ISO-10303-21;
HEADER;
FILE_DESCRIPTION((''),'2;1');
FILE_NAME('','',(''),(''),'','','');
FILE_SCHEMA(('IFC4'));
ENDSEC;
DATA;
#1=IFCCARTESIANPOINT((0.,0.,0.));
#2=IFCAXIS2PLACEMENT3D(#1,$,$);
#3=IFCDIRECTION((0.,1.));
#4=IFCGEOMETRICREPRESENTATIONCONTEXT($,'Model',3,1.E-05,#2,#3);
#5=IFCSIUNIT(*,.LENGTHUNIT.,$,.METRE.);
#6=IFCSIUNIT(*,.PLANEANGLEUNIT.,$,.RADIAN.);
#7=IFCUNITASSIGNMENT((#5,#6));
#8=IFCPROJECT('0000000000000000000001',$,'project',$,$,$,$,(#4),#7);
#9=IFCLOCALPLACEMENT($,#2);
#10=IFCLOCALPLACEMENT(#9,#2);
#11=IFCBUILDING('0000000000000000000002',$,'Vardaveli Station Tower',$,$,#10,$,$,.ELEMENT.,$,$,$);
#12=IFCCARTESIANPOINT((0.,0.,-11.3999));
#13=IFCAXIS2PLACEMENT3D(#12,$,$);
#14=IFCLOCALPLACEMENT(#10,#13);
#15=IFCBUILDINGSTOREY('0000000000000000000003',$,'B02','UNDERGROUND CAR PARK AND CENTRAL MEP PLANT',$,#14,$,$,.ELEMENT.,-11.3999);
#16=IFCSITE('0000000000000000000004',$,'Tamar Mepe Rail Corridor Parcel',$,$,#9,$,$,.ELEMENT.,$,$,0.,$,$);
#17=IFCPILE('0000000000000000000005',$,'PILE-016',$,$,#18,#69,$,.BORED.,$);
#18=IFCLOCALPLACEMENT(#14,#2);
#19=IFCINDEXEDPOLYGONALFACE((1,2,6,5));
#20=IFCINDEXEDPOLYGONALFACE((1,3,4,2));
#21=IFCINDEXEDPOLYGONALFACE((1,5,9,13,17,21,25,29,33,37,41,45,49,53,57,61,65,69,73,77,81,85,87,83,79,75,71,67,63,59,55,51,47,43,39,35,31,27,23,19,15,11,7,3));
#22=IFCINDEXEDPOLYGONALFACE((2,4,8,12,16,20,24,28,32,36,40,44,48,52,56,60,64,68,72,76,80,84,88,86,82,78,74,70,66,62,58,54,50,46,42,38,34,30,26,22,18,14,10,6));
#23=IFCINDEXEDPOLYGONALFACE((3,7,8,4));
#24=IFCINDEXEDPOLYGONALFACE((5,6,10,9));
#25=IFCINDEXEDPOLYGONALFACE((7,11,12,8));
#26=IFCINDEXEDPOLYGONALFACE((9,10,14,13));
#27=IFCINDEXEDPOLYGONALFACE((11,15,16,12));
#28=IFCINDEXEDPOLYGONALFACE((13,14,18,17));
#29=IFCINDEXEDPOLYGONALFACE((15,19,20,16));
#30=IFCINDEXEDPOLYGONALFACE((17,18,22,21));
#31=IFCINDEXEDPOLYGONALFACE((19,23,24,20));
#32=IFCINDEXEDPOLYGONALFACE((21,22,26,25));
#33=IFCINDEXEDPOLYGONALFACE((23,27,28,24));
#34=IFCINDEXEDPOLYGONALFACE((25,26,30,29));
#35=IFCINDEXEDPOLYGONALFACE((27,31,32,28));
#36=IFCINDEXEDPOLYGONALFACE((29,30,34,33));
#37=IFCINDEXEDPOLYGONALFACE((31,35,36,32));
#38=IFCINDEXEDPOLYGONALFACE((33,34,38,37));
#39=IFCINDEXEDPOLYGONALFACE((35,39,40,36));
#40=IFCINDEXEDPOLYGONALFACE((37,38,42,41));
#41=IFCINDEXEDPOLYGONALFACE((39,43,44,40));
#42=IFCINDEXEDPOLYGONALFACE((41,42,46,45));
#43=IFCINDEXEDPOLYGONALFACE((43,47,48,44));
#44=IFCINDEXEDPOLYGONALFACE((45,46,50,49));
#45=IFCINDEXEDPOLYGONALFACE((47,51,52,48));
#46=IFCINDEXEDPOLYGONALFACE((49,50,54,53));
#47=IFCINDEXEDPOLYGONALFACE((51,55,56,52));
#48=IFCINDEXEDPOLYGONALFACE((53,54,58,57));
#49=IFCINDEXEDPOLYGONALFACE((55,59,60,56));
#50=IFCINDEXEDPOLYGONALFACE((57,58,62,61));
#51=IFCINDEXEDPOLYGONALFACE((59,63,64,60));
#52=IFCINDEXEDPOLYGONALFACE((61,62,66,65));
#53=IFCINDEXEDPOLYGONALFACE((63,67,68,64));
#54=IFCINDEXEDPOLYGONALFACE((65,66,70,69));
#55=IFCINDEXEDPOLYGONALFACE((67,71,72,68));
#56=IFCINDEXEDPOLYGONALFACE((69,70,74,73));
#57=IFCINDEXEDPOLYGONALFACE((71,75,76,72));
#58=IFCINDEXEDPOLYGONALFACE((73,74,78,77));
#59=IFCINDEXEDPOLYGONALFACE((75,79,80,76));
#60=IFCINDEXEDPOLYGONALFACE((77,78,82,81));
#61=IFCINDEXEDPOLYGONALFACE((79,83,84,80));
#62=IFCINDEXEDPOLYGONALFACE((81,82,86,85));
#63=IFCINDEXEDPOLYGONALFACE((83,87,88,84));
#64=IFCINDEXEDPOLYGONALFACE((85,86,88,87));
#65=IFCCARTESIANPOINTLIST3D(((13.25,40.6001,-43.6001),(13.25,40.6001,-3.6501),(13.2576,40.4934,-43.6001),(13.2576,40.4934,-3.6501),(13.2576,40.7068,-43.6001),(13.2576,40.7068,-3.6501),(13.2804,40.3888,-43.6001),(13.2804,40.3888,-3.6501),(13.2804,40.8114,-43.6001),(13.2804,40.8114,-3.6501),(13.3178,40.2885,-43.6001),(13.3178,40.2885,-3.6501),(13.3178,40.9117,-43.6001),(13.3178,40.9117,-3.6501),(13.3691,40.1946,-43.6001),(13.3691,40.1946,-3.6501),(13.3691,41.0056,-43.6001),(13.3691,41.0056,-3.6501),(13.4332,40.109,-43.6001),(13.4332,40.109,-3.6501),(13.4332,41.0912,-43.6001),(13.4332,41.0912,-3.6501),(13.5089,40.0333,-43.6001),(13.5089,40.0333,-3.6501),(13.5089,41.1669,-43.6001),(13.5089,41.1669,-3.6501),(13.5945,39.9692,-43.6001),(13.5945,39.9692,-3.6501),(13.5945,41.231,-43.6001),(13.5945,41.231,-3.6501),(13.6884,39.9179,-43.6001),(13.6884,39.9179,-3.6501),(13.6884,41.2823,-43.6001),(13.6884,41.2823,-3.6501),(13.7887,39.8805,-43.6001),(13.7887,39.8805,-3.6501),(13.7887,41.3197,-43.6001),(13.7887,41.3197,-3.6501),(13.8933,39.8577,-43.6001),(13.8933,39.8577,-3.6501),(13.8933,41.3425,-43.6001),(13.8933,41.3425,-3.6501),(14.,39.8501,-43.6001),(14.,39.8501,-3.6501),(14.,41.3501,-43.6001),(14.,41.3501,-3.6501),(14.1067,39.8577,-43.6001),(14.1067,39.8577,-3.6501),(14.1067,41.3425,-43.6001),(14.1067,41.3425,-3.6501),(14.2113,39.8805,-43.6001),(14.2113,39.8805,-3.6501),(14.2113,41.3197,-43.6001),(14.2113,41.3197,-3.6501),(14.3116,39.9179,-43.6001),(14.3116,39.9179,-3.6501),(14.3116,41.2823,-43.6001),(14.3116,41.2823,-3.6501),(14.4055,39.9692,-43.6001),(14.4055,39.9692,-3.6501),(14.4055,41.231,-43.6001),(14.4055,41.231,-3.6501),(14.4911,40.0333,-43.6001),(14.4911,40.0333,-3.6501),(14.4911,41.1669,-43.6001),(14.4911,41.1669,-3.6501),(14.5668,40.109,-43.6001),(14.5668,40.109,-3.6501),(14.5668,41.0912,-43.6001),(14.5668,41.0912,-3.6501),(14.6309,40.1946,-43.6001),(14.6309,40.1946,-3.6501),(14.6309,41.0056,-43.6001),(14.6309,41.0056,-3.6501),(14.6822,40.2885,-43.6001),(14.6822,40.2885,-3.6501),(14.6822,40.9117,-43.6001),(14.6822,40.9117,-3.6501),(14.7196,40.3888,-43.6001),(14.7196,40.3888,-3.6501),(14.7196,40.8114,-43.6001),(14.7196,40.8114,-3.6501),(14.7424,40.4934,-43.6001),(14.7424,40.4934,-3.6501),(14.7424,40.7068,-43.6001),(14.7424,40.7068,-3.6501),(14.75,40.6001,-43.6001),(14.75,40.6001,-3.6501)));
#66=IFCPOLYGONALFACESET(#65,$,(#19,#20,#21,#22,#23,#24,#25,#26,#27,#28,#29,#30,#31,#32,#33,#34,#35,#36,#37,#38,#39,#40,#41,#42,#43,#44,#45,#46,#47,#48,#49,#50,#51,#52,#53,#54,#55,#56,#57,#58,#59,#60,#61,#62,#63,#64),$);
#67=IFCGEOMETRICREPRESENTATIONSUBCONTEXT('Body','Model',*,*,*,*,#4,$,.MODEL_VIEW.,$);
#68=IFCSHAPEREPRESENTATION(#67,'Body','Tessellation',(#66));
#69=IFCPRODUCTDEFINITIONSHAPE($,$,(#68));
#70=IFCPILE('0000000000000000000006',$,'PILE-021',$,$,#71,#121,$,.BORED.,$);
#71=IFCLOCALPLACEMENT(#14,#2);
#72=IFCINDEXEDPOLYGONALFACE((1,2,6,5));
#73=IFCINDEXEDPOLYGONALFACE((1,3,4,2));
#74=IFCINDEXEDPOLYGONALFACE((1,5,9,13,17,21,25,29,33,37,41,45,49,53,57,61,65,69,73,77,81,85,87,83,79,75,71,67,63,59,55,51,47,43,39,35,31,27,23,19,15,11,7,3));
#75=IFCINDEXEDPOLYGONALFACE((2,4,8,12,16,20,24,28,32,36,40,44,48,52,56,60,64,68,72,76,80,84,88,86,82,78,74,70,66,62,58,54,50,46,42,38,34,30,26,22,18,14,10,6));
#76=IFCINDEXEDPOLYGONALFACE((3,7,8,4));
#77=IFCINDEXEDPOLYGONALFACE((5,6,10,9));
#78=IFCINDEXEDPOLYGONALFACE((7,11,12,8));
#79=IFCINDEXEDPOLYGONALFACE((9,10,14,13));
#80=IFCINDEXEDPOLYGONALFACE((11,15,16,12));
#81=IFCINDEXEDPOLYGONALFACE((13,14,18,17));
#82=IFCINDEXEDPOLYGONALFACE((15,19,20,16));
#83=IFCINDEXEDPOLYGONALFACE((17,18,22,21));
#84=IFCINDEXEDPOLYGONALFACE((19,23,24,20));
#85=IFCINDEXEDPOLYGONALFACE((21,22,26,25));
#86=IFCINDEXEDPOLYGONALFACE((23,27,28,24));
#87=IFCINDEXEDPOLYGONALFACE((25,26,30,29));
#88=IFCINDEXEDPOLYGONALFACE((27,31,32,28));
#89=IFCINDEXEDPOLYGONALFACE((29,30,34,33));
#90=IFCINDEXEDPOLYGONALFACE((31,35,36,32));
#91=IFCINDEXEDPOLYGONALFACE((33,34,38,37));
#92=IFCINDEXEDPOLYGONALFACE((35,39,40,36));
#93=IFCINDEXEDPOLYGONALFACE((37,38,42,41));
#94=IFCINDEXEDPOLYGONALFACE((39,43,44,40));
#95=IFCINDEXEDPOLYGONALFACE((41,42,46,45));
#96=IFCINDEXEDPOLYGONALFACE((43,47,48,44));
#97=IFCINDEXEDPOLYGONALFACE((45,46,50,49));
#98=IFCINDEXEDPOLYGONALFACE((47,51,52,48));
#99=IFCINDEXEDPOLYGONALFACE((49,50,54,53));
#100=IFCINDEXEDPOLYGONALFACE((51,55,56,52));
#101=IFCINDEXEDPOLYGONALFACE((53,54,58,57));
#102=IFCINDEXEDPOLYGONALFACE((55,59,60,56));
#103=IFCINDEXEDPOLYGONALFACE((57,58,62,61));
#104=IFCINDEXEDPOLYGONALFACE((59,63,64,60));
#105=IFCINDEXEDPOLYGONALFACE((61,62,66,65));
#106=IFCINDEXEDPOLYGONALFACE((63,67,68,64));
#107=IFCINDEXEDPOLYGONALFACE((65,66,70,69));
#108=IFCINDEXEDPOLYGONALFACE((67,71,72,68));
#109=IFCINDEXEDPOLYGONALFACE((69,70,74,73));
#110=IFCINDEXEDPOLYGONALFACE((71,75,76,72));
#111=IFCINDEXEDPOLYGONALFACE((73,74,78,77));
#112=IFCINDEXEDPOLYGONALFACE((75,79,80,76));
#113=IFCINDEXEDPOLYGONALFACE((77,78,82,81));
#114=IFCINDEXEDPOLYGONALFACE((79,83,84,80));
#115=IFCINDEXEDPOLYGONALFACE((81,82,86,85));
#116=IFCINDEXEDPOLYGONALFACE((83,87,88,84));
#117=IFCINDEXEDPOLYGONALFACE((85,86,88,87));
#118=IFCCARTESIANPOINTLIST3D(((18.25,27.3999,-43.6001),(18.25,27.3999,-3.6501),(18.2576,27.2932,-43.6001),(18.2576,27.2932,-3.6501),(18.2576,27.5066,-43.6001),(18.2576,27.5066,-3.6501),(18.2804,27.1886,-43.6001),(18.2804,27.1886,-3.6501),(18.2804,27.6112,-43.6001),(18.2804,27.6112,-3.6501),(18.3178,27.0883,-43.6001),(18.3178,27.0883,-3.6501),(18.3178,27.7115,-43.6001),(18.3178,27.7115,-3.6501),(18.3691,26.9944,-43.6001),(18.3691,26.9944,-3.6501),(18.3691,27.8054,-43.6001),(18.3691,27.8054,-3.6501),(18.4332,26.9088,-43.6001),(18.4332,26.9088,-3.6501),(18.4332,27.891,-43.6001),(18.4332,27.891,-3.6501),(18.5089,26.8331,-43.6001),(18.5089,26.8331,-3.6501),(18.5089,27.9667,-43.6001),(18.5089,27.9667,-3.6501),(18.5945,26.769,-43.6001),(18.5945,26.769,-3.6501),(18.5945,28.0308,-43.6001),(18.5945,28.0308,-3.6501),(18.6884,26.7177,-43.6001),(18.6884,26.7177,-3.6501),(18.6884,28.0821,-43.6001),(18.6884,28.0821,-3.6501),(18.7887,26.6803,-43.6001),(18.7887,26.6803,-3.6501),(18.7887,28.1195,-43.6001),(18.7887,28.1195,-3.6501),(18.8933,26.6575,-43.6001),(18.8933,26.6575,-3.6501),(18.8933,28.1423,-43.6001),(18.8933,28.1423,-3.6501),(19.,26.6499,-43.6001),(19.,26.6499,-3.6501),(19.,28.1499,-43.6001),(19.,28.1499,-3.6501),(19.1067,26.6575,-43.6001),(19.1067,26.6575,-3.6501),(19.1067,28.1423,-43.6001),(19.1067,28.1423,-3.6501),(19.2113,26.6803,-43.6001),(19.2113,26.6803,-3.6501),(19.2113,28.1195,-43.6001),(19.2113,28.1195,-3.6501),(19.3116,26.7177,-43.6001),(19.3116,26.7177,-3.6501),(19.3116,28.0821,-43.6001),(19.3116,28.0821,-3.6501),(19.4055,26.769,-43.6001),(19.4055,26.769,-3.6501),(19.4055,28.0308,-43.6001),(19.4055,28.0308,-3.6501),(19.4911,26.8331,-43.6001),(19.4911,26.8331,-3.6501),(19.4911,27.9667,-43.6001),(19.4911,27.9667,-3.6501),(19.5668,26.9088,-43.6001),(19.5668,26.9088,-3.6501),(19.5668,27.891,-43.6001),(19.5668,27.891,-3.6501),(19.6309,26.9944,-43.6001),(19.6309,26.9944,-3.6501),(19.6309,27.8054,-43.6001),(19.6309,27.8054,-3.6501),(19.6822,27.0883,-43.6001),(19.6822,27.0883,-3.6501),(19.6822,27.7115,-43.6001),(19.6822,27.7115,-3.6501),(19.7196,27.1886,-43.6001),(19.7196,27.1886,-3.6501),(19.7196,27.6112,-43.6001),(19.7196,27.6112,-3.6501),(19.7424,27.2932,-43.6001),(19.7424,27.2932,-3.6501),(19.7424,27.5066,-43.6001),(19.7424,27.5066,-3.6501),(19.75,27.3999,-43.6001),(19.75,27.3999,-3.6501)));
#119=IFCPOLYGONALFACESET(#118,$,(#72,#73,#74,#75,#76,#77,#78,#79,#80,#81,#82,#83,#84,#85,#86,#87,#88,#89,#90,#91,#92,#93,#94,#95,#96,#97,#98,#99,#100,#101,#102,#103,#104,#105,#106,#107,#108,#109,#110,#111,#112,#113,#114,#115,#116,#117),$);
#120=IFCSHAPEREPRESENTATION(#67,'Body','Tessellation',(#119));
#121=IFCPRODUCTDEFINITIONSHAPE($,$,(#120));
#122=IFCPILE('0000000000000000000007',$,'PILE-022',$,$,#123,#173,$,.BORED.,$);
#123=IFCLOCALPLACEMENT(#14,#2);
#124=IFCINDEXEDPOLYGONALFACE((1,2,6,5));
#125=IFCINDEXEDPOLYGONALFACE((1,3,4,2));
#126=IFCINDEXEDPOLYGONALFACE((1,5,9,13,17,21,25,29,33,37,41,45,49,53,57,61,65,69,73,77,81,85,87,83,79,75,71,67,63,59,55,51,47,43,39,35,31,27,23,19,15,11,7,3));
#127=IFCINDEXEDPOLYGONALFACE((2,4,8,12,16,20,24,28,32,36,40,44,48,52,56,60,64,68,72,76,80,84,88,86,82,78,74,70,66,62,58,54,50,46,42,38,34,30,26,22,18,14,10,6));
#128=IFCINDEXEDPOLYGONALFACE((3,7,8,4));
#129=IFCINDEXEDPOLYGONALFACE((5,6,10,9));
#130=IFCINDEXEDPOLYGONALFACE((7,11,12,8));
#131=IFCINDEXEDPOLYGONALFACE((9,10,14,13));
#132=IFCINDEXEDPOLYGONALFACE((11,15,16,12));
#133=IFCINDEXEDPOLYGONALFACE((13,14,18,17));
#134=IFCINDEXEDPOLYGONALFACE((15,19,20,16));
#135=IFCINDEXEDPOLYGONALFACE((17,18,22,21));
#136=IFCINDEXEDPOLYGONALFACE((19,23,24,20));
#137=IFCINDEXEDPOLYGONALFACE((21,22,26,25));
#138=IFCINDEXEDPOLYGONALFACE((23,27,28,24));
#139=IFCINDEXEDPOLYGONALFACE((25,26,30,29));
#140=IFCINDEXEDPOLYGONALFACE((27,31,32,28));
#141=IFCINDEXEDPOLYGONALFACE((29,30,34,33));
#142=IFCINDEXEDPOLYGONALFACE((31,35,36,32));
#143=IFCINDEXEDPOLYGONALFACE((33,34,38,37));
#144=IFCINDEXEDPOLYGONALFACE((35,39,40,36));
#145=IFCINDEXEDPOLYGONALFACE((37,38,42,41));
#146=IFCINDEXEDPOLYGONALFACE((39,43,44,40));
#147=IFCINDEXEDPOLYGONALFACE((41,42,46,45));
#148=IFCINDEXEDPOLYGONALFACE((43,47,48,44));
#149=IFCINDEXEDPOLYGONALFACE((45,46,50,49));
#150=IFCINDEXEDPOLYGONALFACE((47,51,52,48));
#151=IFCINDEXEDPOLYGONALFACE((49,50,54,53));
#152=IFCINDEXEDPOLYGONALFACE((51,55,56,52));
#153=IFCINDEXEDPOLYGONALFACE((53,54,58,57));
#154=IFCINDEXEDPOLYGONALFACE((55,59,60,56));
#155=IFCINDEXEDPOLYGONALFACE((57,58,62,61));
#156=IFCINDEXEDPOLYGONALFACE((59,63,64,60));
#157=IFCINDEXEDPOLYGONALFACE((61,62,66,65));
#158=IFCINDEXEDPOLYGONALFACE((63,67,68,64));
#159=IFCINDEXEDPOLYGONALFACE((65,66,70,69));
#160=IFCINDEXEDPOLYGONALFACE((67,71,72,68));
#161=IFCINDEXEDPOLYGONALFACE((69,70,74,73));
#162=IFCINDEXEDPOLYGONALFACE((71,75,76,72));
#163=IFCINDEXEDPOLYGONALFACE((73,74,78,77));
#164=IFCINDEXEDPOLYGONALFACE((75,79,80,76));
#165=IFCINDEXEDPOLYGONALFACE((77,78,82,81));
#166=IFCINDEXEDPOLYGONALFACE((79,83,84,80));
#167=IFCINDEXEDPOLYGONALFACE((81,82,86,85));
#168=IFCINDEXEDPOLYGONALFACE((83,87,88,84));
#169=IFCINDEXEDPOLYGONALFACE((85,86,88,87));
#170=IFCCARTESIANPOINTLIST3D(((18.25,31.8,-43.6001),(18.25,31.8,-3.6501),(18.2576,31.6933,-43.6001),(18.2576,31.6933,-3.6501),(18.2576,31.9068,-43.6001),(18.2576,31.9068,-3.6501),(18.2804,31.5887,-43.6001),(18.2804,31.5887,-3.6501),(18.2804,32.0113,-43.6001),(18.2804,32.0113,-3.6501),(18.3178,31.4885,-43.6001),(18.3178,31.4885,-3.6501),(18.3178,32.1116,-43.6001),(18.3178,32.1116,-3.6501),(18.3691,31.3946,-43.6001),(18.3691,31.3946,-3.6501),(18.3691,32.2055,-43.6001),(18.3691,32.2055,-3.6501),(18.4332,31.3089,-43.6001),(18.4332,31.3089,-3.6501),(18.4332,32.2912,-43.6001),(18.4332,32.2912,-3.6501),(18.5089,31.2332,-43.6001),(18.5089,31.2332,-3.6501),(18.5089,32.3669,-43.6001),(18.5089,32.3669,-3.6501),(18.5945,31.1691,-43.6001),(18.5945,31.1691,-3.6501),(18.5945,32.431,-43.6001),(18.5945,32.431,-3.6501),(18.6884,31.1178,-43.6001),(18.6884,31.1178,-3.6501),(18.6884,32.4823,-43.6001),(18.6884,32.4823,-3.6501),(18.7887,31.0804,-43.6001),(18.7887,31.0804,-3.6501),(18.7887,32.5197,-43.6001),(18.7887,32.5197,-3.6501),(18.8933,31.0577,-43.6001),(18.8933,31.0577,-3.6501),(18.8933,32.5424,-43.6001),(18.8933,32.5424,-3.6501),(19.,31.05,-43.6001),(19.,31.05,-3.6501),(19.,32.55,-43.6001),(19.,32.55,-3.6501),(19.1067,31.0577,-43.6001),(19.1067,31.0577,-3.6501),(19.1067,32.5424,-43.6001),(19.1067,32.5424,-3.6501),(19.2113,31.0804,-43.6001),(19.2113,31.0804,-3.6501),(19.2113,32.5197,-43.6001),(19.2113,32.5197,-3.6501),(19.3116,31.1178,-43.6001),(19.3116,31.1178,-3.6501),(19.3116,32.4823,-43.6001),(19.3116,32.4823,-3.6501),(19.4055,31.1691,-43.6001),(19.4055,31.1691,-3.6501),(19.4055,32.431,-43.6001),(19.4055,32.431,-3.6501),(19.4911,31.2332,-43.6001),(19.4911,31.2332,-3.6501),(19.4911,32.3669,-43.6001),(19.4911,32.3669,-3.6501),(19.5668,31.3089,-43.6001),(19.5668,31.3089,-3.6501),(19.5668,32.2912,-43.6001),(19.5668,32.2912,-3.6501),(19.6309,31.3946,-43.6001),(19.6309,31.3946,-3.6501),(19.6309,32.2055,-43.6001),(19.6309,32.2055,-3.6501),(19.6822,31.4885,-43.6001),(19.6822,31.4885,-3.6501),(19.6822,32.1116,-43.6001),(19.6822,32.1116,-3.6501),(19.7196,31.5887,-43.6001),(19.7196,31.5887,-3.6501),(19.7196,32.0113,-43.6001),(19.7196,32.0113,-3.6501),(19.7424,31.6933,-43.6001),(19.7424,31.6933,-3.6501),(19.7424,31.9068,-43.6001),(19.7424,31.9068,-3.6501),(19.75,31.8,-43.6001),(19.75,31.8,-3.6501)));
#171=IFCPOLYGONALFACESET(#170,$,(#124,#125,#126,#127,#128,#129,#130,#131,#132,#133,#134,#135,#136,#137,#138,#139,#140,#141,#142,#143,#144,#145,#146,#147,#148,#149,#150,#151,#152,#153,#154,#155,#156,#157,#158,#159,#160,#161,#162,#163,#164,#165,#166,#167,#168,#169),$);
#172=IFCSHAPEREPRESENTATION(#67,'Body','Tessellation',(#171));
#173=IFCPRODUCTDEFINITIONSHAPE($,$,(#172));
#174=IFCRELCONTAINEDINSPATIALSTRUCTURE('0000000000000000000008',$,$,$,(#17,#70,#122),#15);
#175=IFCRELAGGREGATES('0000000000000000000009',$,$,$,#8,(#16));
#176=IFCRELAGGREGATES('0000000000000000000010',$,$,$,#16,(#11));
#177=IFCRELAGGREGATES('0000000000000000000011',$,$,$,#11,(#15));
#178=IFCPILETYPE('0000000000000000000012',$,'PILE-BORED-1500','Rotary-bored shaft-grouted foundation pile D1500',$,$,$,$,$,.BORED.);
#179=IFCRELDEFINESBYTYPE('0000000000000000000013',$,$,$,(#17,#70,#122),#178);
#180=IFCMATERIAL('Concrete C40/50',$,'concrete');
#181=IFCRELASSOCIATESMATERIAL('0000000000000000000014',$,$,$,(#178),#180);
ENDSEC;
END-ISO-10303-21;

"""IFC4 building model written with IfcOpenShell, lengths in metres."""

from ifc_helpers import new_model, si_unit, direction, frame, origin, origin_2d, place, context, subcontext, project, spatial, circle, extrude, source, transform, mapped, material, material_profile, profile_set, type_object, element, save


model = new_model("IFC4")

# Units and contexts
model_context = context("Model", 3, precision=1e-05, world=origin(), true_north=direction((0.0, 1.0)))
body_context = subcontext(model_context, "Body", "Model", "MODEL_VIEW")
ifc_project = project(units=[si_unit("LENGTHUNIT", "METRE"), si_unit("PLANEANGLEUNIT", "RADIAN")], contexts=[model_context])

# Site, building, storey
site_placement = place(None, origin())
site = spatial("IfcSite", under=ifc_project, at=site_placement, Name="Tamar Mepe Rail Corridor Parcel", CompositionType="ELEMENT", RefElevation=0.0)
building_placement = place(site_placement, origin())
building = spatial("IfcBuilding", under=site, at=building_placement, Name="Vardaveli Station Tower", CompositionType="ELEMENT")
storey_placement = place(building_placement, frame((0.0, 0.0, -11.3999)))
storey = spatial("IfcBuildingStorey", under=building, at=storey_placement, Name="B02", Description="UNDERGROUND CAR PARK AND CENTRAL MEP PLANT", CompositionType="ELEMENT", Elevation=-11.3999)

# Piles
ifc_material_1 = material(Name="Concrete C40/50", Category="concrete")
ifc_material_profile_1 = material_profile(ifc_material_1, circle(Radius=0.75, at=origin_2d()), Name="PILE D1500")
ifc_profile_set_1 = profile_set([ifc_material_profile_1], Name="Concrete C40/50")
pile_type_1 = type_object("IfcPileType", Name="PILE-BORED-1500", Description="Rotary-bored shaft-grouted foundation pile D1500", PredefinedType="BORED", material=ifc_profile_set_1)
shared_shape_1 = source(origin(), body_context, "Body", "SweptSolid", [
    extrude(circle(Radius=0.75, at=origin_2d()), origin(), (0.0, 0.0, 1.0), 39.95),
])
for number, where, z_axis, x_axis, name in (
    (1, (14.0, 40.6001, -3.6501), (0.0, 0.0, -1.0), (1.0, 0.0, 0.0), "PILE-016"),
    (2, (19.0, 27.3999, -3.6501), (0.0, 0.0, -1.0), (1.0, 0.0, 0.0), "PILE-021"),
    (3, (19.0, 31.8, -3.6501), (0.0, 0.0, -1.0), (1.0, 0.0, 0.0), "PILE-022"),
):
    element("IfcPile", number, at=place(storey_placement, frame(where, z_axis=z_axis, x_axis=x_axis)), inside=storey, type_object=pile_type_1, Name=name, PredefinedType="BORED", context=body_context, shape_type="MappedRepresentation", body=[
        mapped(shared_shape_1, transform((0.0, 0.0, 0.0), scale=1.0)),
    ])

save(model, "model.ifc")
